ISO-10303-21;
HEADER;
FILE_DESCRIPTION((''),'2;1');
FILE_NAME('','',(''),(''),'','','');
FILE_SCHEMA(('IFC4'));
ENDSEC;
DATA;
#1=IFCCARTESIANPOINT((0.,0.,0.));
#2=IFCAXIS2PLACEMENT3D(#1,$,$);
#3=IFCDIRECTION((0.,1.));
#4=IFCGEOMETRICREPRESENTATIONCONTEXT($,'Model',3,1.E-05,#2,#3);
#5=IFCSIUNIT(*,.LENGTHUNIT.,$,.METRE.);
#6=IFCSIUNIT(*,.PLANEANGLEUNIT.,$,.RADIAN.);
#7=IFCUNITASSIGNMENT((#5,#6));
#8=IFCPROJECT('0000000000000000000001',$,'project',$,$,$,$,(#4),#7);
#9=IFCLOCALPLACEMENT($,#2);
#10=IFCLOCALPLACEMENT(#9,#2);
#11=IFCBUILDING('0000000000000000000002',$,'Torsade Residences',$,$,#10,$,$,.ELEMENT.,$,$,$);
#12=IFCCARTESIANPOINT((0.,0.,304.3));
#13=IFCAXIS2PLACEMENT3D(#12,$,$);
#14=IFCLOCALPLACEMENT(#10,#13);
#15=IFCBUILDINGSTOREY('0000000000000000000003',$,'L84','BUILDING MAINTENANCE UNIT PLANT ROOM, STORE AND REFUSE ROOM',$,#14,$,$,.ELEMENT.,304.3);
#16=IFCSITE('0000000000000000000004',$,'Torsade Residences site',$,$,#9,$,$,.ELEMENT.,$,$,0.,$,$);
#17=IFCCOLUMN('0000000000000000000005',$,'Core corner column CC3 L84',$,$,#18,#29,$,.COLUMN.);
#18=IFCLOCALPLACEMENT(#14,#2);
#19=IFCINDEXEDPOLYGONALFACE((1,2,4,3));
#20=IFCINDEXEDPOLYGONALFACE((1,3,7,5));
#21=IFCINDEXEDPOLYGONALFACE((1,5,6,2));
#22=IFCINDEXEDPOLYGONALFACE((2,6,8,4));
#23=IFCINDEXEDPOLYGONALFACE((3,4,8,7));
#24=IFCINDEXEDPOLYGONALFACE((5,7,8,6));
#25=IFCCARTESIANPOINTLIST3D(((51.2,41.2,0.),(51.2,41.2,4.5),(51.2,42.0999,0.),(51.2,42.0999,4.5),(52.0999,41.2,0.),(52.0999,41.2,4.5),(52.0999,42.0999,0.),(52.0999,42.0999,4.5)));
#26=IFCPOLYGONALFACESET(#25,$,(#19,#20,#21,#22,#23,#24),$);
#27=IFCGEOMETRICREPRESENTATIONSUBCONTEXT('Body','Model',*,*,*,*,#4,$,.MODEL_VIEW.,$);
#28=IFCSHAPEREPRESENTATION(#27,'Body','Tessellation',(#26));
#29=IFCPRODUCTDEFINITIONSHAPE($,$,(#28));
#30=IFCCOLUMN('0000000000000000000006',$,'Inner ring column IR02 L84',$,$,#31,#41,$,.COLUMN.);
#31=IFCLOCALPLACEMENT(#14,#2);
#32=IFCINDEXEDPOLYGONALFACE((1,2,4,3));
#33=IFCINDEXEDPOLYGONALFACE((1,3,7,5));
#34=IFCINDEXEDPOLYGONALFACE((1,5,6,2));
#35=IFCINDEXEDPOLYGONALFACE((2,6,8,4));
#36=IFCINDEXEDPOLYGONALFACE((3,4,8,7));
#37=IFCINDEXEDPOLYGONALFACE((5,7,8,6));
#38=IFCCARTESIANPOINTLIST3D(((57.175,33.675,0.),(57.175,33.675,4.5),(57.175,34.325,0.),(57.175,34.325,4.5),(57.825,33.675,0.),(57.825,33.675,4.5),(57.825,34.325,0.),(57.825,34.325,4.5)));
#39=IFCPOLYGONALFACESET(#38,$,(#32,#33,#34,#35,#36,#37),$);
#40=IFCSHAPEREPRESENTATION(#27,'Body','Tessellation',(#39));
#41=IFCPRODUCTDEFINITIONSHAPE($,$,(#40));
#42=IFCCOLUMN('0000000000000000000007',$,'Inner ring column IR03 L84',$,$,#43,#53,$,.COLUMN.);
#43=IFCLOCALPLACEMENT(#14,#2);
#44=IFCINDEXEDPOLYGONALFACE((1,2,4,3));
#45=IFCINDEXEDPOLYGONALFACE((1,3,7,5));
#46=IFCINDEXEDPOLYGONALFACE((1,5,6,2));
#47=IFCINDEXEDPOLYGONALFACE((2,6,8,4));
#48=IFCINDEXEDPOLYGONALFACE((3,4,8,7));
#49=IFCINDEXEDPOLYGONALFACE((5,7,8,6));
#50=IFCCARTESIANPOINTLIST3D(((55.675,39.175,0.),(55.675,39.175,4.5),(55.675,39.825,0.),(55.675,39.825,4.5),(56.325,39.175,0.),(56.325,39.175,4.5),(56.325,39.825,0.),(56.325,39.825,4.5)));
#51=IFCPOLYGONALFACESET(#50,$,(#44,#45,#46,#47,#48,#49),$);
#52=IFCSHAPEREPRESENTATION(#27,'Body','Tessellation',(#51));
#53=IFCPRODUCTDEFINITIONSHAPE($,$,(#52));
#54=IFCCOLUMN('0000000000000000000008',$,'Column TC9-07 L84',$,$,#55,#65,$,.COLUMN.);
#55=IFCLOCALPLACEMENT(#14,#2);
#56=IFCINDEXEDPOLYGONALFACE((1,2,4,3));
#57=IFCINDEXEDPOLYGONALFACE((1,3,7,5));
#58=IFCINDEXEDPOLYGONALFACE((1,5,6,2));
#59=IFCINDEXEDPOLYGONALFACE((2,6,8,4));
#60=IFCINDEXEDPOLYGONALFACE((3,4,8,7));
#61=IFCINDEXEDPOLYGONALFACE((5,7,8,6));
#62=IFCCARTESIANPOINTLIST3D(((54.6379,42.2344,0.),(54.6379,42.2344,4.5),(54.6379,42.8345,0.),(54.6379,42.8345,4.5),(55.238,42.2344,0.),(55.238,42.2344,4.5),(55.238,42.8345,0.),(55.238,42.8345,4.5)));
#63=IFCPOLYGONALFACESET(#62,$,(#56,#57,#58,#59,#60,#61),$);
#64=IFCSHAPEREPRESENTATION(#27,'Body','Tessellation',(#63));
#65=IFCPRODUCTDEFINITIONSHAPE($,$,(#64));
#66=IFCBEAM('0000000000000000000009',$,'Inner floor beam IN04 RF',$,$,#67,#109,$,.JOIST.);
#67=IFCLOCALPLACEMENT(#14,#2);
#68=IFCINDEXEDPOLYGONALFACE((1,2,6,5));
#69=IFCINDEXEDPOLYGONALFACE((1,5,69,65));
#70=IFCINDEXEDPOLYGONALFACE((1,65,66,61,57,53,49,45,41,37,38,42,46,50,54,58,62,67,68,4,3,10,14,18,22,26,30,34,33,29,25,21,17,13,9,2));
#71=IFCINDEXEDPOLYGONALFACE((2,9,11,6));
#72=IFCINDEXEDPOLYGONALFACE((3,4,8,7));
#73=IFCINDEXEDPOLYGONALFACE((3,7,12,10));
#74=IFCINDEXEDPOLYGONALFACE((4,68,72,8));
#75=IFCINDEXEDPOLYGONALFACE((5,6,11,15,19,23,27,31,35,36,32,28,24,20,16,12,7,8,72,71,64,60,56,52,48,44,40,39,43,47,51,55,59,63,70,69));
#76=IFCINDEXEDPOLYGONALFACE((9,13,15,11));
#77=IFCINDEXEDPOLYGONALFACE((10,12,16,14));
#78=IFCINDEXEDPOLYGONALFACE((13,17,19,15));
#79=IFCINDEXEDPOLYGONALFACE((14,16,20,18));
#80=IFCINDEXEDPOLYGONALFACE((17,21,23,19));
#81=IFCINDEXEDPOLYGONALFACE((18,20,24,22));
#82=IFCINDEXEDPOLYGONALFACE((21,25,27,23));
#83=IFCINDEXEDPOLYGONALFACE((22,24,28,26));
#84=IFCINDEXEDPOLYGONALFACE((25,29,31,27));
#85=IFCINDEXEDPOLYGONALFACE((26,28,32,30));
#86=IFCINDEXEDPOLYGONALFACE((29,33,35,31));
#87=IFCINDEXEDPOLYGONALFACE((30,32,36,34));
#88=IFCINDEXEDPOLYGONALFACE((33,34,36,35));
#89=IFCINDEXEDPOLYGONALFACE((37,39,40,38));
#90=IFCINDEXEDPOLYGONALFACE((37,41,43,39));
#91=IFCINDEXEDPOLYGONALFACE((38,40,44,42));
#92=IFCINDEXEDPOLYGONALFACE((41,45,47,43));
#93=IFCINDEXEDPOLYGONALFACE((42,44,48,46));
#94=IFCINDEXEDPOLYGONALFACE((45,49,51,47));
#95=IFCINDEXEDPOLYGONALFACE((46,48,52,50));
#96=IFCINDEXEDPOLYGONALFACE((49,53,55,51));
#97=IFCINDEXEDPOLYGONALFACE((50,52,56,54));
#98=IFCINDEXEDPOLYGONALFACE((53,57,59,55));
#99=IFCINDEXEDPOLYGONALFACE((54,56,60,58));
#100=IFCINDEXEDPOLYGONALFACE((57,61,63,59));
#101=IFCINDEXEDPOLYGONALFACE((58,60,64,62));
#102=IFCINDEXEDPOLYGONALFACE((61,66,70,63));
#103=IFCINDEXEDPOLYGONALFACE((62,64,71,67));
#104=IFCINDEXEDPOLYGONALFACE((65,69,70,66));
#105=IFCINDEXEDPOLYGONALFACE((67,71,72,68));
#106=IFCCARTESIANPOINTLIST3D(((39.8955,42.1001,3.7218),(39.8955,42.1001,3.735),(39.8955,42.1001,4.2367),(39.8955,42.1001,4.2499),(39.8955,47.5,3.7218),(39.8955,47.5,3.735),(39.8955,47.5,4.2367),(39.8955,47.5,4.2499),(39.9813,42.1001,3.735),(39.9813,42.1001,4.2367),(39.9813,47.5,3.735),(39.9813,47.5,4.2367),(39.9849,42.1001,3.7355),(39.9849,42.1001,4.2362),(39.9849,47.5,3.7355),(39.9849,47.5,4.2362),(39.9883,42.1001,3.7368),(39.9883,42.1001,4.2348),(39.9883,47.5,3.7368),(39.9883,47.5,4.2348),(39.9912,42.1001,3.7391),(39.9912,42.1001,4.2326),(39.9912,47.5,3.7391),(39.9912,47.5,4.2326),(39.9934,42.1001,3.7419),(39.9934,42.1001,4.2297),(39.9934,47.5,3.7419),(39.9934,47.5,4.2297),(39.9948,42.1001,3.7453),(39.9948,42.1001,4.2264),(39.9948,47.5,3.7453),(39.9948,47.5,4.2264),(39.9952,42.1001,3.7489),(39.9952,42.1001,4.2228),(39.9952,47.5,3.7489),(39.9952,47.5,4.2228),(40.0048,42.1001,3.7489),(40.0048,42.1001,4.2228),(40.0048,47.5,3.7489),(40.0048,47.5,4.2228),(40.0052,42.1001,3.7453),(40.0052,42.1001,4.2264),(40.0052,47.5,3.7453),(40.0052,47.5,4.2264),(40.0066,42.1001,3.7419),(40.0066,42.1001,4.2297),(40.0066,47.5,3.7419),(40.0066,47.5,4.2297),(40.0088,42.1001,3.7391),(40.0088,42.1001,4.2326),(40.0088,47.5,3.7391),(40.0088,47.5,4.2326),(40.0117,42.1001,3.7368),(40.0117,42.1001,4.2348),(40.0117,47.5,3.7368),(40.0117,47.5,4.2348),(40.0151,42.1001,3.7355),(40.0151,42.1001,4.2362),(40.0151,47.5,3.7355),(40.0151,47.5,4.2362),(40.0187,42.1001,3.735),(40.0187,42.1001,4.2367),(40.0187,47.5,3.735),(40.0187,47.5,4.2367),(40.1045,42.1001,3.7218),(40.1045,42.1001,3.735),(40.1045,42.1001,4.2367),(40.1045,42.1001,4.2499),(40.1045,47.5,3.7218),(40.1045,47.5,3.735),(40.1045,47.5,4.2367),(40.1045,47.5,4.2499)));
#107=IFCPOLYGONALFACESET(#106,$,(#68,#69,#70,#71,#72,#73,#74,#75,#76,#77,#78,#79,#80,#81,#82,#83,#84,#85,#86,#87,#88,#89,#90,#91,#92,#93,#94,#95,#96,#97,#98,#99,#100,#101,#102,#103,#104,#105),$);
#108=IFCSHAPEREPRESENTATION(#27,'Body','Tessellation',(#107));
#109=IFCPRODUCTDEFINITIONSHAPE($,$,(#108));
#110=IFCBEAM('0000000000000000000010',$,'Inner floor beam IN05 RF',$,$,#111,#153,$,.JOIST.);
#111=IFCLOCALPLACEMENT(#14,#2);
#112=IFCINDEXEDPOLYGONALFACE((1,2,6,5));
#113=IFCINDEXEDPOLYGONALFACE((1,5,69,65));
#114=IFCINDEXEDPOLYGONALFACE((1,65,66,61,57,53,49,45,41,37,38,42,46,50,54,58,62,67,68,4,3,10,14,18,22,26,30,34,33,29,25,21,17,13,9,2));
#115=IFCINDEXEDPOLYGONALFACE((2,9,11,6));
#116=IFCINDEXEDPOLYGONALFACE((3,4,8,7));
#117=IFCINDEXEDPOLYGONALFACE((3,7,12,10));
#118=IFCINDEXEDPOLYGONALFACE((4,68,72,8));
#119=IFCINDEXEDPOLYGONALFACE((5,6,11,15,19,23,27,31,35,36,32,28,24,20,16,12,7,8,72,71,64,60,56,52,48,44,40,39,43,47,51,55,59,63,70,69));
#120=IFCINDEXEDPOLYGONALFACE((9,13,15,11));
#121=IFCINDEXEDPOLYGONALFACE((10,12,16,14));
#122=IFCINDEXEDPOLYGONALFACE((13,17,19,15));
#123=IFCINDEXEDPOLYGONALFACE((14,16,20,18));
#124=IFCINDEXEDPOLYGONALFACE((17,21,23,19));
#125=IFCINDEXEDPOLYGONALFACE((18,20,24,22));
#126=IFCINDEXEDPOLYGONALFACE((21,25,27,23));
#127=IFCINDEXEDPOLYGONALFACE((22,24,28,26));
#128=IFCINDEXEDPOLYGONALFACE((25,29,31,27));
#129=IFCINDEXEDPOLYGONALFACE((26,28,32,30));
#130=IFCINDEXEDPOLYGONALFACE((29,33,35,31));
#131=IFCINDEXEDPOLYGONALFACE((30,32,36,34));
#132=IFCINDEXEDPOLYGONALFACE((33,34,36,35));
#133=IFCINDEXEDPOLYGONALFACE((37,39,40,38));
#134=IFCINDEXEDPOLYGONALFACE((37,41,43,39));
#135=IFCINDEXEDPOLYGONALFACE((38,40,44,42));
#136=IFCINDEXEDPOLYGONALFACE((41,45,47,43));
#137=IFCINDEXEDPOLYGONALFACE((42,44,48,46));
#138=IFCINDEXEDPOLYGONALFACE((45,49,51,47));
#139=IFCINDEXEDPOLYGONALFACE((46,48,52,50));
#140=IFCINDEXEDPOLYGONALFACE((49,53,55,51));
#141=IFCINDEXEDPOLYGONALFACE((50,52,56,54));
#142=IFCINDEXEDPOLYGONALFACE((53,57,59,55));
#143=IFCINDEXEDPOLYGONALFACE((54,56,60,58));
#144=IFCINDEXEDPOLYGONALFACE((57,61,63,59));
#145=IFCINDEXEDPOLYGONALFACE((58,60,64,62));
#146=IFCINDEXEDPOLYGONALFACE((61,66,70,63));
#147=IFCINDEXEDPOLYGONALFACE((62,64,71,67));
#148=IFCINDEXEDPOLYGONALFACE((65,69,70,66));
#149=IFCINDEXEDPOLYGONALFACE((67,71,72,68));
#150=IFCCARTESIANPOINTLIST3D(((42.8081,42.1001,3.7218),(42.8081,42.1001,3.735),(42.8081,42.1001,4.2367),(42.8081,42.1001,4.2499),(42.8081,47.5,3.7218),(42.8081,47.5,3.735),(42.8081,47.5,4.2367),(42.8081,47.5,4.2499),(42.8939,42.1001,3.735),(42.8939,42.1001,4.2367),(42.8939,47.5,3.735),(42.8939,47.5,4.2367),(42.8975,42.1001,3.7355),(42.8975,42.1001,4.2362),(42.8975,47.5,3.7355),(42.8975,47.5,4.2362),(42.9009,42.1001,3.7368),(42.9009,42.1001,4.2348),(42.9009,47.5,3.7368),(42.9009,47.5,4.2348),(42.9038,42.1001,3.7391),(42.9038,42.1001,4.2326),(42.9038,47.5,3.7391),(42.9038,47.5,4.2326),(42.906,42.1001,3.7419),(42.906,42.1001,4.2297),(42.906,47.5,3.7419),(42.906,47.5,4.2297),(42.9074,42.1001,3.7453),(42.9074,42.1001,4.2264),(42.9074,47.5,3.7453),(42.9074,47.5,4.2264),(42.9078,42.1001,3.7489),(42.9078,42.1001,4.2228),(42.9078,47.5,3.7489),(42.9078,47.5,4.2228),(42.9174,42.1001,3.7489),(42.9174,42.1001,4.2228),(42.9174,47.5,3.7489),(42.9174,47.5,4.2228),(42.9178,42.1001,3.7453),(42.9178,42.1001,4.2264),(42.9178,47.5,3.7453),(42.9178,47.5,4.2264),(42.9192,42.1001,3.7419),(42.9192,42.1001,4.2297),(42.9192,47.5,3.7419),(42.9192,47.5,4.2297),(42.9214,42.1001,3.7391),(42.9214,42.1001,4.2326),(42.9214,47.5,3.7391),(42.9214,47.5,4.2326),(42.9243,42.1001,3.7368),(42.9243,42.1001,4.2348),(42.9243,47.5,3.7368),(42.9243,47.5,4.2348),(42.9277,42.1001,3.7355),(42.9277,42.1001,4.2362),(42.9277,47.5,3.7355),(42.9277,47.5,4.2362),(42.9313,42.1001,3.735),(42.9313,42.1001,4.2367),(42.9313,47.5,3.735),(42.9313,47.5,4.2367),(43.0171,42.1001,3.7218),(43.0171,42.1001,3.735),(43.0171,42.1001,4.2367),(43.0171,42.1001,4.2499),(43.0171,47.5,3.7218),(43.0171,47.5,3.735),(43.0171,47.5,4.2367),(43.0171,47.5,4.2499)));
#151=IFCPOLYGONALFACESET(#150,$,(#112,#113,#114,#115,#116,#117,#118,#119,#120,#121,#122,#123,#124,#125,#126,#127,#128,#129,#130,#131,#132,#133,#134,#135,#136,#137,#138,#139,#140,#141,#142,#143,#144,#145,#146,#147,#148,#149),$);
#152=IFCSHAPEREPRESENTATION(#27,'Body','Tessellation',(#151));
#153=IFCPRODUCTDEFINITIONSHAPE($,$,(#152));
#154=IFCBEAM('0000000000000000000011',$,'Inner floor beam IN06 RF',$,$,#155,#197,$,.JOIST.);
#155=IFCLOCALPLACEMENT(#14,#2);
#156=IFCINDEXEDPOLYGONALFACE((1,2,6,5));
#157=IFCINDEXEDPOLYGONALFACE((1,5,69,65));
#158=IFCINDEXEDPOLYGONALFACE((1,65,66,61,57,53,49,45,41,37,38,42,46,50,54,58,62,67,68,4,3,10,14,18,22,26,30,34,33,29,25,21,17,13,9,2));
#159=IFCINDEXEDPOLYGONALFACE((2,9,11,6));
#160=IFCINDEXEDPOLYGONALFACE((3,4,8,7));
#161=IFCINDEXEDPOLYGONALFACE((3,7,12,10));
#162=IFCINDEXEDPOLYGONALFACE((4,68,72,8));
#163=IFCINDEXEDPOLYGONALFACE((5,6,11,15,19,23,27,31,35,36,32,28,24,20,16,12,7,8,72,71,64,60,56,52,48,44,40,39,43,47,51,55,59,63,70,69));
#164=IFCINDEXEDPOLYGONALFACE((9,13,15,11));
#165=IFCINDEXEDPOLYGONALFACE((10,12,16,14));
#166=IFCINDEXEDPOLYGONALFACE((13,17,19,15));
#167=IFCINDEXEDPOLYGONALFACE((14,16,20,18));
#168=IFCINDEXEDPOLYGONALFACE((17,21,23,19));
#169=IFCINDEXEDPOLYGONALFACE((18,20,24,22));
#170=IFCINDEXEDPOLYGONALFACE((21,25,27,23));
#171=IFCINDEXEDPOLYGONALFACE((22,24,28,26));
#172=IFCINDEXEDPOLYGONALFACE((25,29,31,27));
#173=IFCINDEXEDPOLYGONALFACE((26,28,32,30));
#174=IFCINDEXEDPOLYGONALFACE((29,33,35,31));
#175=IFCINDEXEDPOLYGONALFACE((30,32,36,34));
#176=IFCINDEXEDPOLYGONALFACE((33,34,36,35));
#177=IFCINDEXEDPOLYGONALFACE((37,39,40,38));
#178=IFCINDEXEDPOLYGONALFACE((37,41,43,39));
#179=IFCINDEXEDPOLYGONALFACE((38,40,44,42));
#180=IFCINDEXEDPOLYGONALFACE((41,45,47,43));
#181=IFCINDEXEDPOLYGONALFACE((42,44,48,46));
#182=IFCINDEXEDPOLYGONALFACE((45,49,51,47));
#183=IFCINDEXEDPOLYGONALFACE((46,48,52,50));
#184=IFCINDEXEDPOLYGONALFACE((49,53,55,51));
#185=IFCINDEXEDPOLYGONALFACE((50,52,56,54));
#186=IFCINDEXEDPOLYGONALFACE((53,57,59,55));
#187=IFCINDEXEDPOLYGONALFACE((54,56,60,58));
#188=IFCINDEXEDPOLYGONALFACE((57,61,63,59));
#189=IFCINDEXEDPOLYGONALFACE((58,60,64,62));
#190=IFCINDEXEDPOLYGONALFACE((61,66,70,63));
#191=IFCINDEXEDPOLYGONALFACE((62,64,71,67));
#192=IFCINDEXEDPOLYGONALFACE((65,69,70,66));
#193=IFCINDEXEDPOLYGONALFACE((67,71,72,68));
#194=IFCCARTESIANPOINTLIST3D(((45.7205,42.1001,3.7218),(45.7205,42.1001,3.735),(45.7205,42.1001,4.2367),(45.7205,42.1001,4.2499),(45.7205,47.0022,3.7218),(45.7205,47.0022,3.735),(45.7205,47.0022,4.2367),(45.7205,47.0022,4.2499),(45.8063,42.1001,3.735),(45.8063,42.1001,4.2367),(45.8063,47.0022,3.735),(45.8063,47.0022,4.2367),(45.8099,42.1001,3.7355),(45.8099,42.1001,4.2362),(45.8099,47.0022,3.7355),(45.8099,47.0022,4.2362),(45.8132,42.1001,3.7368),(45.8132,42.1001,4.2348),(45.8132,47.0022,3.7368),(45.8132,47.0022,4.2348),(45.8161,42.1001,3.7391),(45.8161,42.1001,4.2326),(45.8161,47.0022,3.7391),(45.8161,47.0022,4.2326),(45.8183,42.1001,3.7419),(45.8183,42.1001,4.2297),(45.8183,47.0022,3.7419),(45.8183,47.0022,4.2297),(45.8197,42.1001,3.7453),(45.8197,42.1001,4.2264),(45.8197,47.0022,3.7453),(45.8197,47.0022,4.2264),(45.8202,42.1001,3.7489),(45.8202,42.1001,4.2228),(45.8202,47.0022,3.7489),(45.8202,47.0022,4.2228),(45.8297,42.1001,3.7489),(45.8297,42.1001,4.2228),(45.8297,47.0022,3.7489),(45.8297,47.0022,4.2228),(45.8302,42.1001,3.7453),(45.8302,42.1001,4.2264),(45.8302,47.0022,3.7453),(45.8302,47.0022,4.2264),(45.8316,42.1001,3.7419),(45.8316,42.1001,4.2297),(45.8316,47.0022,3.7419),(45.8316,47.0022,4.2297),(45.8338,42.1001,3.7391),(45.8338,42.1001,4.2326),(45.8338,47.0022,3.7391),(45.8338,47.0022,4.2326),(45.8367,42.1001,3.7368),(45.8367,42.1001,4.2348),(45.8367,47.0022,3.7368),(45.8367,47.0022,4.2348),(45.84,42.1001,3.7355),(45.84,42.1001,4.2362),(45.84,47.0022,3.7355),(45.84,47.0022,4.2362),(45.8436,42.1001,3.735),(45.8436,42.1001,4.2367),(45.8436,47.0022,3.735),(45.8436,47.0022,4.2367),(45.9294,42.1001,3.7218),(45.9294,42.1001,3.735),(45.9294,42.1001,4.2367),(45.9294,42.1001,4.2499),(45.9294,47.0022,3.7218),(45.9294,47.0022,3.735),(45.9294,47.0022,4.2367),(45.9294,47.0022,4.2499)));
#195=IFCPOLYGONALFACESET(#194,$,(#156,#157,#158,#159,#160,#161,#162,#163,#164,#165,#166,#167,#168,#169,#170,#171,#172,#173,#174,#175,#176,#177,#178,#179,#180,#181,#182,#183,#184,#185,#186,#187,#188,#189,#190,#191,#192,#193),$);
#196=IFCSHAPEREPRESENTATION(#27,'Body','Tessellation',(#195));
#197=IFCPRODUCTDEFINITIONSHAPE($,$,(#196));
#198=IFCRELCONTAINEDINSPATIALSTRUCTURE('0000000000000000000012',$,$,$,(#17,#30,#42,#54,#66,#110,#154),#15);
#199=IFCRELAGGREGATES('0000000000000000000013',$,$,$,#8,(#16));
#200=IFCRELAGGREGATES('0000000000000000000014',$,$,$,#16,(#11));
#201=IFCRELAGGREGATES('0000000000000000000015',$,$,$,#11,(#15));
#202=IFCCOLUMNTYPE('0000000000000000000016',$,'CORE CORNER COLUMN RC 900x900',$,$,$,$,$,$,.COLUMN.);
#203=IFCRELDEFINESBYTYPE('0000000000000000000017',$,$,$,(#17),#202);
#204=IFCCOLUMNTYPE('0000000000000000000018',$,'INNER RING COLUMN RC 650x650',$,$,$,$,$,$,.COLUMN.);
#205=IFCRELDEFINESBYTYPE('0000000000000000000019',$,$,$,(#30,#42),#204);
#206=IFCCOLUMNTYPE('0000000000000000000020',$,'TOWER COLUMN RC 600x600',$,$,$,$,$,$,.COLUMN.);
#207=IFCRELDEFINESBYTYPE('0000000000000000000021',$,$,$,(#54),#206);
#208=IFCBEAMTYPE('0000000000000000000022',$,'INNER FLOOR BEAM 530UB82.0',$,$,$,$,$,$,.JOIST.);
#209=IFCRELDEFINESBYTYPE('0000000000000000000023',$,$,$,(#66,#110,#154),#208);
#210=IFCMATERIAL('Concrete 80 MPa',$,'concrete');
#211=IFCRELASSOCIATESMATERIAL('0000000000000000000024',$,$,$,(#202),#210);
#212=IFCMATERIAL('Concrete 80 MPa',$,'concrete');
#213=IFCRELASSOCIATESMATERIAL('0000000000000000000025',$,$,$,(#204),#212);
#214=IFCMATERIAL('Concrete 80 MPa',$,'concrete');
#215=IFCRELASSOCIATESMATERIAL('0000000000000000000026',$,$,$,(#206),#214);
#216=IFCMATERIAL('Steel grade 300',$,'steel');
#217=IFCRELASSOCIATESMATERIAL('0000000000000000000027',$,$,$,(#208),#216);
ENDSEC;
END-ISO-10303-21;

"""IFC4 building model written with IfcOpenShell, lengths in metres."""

from ifc_helpers import new_model, si_unit, direction, frame, origin, origin_2d, place, context, subcontext, project, spatial, rectangle, i_section, extrude, material, material_profile, profile_set, type_object, element, save


model = new_model("IFC4")

# Units and contexts
model_context = context("Model", 3, precision=1e-05, world=origin(), true_north=direction((0.0, 1.0)))
body_context = subcontext(model_context, "Body", "Model", "MODEL_VIEW")
ifc_project = project(units=[si_unit("LENGTHUNIT", "METRE"), si_unit("PLANEANGLEUNIT", "RADIAN")], contexts=[model_context])

# Site, building, storey
site_placement = place(None, origin())
site = spatial("IfcSite", under=ifc_project, at=site_placement, Name="Torsade Residences site", CompositionType="ELEMENT", RefElevation=0.0)
building_placement = place(site_placement, origin())
building = spatial("IfcBuilding", under=site, at=building_placement, Name="Torsade Residences", CompositionType="ELEMENT")
storey_placement = place(building_placement, frame((0.0, 0.0, 304.3)))
storey = spatial("IfcBuildingStorey", under=building, at=storey_placement, Name="L84", Description="BUILDING MAINTENANCE UNIT PLANT ROOM, STORE AND REFUSE ROOM", CompositionType="ELEMENT", Elevation=304.3)

# Columns
ifc_material_1 = material(Name="Concrete 80 MPa", Category="concrete")
ifc_material_profile_1 = material_profile(ifc_material_1, rectangle(XDim=0.8999, YDim=0.8999, at=origin_2d()), Name="RC 900x900")
ifc_profile_set_1 = profile_set([ifc_material_profile_1], Name="Concrete 80 MPa")
column_type_1 = type_object("IfcColumnType", Name="CORE CORNER COLUMN RC 900x900", PredefinedType="COLUMN", material=ifc_profile_set_1)
column_1_placement = place(storey_placement, frame((51.6499, 41.6499, 0.0), z_axis=(0.0, 0.0, 1.0), x_axis=(1.0, 0.0, 0.0)))
element("IfcColumn", 1, at=column_1_placement, inside=storey, type_object=column_type_1, Name="Core corner column CC3 L84", PredefinedType="COLUMN", context=body_context, shape_type="SweptSolid", body=[
    extrude(rectangle(XDim=0.8999, YDim=0.8999, at=origin_2d()), origin(), (0.0, 0.0, 1.0), 4.5),
])
ifc_material_2 = material(Name="Concrete 80 MPa", Category="concrete")
ifc_material_profile_2 = material_profile(ifc_material_2, rectangle(XDim=0.6499, YDim=0.6499, at=origin_2d()), Name="RC 650x650")
ifc_profile_set_2 = profile_set([ifc_material_profile_2], Name="Concrete 80 MPa")
column_type_2 = type_object("IfcColumnType", Name="INNER RING COLUMN RC 650x650", PredefinedType="COLUMN", material=ifc_profile_set_2)
for number, where, z_axis, x_axis, name in (
    (2, (57.5, 34.0, 0.0), (0.0, 0.0, 1.0), (1.0, 0.0, 0.0), "Inner ring column IR02 L84"),
    (3, (56.0, 39.5, 0.0), (0.0, 0.0, 1.0), (1.0, 0.0, 0.0), "Inner ring column IR03 L84"),
):
    element("IfcColumn", number, at=place(storey_placement, frame(where, z_axis=z_axis, x_axis=x_axis)), inside=storey, type_object=column_type_2, Name=name, PredefinedType="COLUMN", context=body_context, shape_type="SweptSolid", body=[
        extrude(rectangle(XDim=0.6499, YDim=0.6499, at=origin_2d()), origin(), (0.0, 0.0, 1.0), 4.5),
    ])
ifc_material_3 = material(Name="Concrete 80 MPa", Category="concrete")
ifc_material_profile_3 = material_profile(ifc_material_3, rectangle(XDim=0.6001, YDim=0.6001, at=origin_2d()), Name="RC 600x600")
ifc_profile_set_3 = profile_set([ifc_material_profile_3], Name="Concrete 80 MPa")
column_type_3 = type_object("IfcColumnType", Name="TOWER COLUMN RC 600x600", PredefinedType="COLUMN", material=ifc_profile_set_3)
column_2_placement = place(storey_placement, frame((54.938, 42.5344, 0.0), z_axis=(0.0, 0.0, 1.0), x_axis=(1.0, 0.0, 0.0)))
element("IfcColumn", 4, at=column_2_placement, inside=storey, type_object=column_type_3, Name="Column TC9-07 L84", PredefinedType="COLUMN", context=body_context, shape_type="SweptSolid", body=[
    extrude(rectangle(XDim=0.6001, YDim=0.6001, at=origin_2d()), origin(), (0.0, 0.0, 1.0), 4.5),
])

# Beams
ifc_material_4 = material(Name="Steel grade 300", Category="steel")
ifc_material_profile_4 = material_profile(ifc_material_4, i_section(OverallWidth=0.209, OverallDepth=0.5281, WebThickness=0.0095, FlangeThickness=0.0132, FilletRadius=0.0139, at=origin_2d()), Name="530UB82.0")
ifc_profile_set_4 = profile_set([ifc_material_profile_4], Name="Steel grade 300")
beam_type_1 = type_object("IfcBeamType", Name="INNER FLOOR BEAM 530UB82.0", PredefinedType="JOIST", material=ifc_profile_set_4)
for number, where, z_axis, x_axis, name in (
    (5, (40.0, 42.1001, 3.9858), (0.0, 1.0, 0.0), (-1.0, 0.0, 0.0), "Inner floor beam IN04 RF"),
    (6, (42.9126, 42.1001, 3.9858), (0.0, 1.0, 0.0), (-1.0, 0.0, 0.0), "Inner floor beam IN05 RF"),
):
    element("IfcBeam", number, at=place(storey_placement, frame(where, z_axis=z_axis, x_axis=x_axis)), inside=storey, type_object=beam_type_1, Name=name, PredefinedType="JOIST", context=body_context, shape_type="SweptSolid", body=[
        extrude(i_section(OverallWidth=0.209, OverallDepth=0.5281, WebThickness=0.0095, FlangeThickness=0.0132, FilletRadius=0.0139, at=origin_2d()), origin(), (0.0, 0.0, 1.0), 5.3999),
    ])
beam_1_placement = place(storey_placement, frame((45.825, 42.1001, 3.9858), z_axis=(0.0, 1.0, 0.0), x_axis=(-1.0, 0.0, 0.0)))
element("IfcBeam", 7, at=beam_1_placement, inside=storey, type_object=beam_type_1, Name="Inner floor beam IN06 RF", PredefinedType="JOIST", context=body_context, shape_type="SweptSolid", body=[
    extrude(i_section(OverallWidth=0.209, OverallDepth=0.5281, WebThickness=0.0095, FlangeThickness=0.0132, FilletRadius=0.0139, at=origin_2d()), origin(), (0.0, 0.0, 1.0), 4.9021),
])

save(model, "model.ifc")
